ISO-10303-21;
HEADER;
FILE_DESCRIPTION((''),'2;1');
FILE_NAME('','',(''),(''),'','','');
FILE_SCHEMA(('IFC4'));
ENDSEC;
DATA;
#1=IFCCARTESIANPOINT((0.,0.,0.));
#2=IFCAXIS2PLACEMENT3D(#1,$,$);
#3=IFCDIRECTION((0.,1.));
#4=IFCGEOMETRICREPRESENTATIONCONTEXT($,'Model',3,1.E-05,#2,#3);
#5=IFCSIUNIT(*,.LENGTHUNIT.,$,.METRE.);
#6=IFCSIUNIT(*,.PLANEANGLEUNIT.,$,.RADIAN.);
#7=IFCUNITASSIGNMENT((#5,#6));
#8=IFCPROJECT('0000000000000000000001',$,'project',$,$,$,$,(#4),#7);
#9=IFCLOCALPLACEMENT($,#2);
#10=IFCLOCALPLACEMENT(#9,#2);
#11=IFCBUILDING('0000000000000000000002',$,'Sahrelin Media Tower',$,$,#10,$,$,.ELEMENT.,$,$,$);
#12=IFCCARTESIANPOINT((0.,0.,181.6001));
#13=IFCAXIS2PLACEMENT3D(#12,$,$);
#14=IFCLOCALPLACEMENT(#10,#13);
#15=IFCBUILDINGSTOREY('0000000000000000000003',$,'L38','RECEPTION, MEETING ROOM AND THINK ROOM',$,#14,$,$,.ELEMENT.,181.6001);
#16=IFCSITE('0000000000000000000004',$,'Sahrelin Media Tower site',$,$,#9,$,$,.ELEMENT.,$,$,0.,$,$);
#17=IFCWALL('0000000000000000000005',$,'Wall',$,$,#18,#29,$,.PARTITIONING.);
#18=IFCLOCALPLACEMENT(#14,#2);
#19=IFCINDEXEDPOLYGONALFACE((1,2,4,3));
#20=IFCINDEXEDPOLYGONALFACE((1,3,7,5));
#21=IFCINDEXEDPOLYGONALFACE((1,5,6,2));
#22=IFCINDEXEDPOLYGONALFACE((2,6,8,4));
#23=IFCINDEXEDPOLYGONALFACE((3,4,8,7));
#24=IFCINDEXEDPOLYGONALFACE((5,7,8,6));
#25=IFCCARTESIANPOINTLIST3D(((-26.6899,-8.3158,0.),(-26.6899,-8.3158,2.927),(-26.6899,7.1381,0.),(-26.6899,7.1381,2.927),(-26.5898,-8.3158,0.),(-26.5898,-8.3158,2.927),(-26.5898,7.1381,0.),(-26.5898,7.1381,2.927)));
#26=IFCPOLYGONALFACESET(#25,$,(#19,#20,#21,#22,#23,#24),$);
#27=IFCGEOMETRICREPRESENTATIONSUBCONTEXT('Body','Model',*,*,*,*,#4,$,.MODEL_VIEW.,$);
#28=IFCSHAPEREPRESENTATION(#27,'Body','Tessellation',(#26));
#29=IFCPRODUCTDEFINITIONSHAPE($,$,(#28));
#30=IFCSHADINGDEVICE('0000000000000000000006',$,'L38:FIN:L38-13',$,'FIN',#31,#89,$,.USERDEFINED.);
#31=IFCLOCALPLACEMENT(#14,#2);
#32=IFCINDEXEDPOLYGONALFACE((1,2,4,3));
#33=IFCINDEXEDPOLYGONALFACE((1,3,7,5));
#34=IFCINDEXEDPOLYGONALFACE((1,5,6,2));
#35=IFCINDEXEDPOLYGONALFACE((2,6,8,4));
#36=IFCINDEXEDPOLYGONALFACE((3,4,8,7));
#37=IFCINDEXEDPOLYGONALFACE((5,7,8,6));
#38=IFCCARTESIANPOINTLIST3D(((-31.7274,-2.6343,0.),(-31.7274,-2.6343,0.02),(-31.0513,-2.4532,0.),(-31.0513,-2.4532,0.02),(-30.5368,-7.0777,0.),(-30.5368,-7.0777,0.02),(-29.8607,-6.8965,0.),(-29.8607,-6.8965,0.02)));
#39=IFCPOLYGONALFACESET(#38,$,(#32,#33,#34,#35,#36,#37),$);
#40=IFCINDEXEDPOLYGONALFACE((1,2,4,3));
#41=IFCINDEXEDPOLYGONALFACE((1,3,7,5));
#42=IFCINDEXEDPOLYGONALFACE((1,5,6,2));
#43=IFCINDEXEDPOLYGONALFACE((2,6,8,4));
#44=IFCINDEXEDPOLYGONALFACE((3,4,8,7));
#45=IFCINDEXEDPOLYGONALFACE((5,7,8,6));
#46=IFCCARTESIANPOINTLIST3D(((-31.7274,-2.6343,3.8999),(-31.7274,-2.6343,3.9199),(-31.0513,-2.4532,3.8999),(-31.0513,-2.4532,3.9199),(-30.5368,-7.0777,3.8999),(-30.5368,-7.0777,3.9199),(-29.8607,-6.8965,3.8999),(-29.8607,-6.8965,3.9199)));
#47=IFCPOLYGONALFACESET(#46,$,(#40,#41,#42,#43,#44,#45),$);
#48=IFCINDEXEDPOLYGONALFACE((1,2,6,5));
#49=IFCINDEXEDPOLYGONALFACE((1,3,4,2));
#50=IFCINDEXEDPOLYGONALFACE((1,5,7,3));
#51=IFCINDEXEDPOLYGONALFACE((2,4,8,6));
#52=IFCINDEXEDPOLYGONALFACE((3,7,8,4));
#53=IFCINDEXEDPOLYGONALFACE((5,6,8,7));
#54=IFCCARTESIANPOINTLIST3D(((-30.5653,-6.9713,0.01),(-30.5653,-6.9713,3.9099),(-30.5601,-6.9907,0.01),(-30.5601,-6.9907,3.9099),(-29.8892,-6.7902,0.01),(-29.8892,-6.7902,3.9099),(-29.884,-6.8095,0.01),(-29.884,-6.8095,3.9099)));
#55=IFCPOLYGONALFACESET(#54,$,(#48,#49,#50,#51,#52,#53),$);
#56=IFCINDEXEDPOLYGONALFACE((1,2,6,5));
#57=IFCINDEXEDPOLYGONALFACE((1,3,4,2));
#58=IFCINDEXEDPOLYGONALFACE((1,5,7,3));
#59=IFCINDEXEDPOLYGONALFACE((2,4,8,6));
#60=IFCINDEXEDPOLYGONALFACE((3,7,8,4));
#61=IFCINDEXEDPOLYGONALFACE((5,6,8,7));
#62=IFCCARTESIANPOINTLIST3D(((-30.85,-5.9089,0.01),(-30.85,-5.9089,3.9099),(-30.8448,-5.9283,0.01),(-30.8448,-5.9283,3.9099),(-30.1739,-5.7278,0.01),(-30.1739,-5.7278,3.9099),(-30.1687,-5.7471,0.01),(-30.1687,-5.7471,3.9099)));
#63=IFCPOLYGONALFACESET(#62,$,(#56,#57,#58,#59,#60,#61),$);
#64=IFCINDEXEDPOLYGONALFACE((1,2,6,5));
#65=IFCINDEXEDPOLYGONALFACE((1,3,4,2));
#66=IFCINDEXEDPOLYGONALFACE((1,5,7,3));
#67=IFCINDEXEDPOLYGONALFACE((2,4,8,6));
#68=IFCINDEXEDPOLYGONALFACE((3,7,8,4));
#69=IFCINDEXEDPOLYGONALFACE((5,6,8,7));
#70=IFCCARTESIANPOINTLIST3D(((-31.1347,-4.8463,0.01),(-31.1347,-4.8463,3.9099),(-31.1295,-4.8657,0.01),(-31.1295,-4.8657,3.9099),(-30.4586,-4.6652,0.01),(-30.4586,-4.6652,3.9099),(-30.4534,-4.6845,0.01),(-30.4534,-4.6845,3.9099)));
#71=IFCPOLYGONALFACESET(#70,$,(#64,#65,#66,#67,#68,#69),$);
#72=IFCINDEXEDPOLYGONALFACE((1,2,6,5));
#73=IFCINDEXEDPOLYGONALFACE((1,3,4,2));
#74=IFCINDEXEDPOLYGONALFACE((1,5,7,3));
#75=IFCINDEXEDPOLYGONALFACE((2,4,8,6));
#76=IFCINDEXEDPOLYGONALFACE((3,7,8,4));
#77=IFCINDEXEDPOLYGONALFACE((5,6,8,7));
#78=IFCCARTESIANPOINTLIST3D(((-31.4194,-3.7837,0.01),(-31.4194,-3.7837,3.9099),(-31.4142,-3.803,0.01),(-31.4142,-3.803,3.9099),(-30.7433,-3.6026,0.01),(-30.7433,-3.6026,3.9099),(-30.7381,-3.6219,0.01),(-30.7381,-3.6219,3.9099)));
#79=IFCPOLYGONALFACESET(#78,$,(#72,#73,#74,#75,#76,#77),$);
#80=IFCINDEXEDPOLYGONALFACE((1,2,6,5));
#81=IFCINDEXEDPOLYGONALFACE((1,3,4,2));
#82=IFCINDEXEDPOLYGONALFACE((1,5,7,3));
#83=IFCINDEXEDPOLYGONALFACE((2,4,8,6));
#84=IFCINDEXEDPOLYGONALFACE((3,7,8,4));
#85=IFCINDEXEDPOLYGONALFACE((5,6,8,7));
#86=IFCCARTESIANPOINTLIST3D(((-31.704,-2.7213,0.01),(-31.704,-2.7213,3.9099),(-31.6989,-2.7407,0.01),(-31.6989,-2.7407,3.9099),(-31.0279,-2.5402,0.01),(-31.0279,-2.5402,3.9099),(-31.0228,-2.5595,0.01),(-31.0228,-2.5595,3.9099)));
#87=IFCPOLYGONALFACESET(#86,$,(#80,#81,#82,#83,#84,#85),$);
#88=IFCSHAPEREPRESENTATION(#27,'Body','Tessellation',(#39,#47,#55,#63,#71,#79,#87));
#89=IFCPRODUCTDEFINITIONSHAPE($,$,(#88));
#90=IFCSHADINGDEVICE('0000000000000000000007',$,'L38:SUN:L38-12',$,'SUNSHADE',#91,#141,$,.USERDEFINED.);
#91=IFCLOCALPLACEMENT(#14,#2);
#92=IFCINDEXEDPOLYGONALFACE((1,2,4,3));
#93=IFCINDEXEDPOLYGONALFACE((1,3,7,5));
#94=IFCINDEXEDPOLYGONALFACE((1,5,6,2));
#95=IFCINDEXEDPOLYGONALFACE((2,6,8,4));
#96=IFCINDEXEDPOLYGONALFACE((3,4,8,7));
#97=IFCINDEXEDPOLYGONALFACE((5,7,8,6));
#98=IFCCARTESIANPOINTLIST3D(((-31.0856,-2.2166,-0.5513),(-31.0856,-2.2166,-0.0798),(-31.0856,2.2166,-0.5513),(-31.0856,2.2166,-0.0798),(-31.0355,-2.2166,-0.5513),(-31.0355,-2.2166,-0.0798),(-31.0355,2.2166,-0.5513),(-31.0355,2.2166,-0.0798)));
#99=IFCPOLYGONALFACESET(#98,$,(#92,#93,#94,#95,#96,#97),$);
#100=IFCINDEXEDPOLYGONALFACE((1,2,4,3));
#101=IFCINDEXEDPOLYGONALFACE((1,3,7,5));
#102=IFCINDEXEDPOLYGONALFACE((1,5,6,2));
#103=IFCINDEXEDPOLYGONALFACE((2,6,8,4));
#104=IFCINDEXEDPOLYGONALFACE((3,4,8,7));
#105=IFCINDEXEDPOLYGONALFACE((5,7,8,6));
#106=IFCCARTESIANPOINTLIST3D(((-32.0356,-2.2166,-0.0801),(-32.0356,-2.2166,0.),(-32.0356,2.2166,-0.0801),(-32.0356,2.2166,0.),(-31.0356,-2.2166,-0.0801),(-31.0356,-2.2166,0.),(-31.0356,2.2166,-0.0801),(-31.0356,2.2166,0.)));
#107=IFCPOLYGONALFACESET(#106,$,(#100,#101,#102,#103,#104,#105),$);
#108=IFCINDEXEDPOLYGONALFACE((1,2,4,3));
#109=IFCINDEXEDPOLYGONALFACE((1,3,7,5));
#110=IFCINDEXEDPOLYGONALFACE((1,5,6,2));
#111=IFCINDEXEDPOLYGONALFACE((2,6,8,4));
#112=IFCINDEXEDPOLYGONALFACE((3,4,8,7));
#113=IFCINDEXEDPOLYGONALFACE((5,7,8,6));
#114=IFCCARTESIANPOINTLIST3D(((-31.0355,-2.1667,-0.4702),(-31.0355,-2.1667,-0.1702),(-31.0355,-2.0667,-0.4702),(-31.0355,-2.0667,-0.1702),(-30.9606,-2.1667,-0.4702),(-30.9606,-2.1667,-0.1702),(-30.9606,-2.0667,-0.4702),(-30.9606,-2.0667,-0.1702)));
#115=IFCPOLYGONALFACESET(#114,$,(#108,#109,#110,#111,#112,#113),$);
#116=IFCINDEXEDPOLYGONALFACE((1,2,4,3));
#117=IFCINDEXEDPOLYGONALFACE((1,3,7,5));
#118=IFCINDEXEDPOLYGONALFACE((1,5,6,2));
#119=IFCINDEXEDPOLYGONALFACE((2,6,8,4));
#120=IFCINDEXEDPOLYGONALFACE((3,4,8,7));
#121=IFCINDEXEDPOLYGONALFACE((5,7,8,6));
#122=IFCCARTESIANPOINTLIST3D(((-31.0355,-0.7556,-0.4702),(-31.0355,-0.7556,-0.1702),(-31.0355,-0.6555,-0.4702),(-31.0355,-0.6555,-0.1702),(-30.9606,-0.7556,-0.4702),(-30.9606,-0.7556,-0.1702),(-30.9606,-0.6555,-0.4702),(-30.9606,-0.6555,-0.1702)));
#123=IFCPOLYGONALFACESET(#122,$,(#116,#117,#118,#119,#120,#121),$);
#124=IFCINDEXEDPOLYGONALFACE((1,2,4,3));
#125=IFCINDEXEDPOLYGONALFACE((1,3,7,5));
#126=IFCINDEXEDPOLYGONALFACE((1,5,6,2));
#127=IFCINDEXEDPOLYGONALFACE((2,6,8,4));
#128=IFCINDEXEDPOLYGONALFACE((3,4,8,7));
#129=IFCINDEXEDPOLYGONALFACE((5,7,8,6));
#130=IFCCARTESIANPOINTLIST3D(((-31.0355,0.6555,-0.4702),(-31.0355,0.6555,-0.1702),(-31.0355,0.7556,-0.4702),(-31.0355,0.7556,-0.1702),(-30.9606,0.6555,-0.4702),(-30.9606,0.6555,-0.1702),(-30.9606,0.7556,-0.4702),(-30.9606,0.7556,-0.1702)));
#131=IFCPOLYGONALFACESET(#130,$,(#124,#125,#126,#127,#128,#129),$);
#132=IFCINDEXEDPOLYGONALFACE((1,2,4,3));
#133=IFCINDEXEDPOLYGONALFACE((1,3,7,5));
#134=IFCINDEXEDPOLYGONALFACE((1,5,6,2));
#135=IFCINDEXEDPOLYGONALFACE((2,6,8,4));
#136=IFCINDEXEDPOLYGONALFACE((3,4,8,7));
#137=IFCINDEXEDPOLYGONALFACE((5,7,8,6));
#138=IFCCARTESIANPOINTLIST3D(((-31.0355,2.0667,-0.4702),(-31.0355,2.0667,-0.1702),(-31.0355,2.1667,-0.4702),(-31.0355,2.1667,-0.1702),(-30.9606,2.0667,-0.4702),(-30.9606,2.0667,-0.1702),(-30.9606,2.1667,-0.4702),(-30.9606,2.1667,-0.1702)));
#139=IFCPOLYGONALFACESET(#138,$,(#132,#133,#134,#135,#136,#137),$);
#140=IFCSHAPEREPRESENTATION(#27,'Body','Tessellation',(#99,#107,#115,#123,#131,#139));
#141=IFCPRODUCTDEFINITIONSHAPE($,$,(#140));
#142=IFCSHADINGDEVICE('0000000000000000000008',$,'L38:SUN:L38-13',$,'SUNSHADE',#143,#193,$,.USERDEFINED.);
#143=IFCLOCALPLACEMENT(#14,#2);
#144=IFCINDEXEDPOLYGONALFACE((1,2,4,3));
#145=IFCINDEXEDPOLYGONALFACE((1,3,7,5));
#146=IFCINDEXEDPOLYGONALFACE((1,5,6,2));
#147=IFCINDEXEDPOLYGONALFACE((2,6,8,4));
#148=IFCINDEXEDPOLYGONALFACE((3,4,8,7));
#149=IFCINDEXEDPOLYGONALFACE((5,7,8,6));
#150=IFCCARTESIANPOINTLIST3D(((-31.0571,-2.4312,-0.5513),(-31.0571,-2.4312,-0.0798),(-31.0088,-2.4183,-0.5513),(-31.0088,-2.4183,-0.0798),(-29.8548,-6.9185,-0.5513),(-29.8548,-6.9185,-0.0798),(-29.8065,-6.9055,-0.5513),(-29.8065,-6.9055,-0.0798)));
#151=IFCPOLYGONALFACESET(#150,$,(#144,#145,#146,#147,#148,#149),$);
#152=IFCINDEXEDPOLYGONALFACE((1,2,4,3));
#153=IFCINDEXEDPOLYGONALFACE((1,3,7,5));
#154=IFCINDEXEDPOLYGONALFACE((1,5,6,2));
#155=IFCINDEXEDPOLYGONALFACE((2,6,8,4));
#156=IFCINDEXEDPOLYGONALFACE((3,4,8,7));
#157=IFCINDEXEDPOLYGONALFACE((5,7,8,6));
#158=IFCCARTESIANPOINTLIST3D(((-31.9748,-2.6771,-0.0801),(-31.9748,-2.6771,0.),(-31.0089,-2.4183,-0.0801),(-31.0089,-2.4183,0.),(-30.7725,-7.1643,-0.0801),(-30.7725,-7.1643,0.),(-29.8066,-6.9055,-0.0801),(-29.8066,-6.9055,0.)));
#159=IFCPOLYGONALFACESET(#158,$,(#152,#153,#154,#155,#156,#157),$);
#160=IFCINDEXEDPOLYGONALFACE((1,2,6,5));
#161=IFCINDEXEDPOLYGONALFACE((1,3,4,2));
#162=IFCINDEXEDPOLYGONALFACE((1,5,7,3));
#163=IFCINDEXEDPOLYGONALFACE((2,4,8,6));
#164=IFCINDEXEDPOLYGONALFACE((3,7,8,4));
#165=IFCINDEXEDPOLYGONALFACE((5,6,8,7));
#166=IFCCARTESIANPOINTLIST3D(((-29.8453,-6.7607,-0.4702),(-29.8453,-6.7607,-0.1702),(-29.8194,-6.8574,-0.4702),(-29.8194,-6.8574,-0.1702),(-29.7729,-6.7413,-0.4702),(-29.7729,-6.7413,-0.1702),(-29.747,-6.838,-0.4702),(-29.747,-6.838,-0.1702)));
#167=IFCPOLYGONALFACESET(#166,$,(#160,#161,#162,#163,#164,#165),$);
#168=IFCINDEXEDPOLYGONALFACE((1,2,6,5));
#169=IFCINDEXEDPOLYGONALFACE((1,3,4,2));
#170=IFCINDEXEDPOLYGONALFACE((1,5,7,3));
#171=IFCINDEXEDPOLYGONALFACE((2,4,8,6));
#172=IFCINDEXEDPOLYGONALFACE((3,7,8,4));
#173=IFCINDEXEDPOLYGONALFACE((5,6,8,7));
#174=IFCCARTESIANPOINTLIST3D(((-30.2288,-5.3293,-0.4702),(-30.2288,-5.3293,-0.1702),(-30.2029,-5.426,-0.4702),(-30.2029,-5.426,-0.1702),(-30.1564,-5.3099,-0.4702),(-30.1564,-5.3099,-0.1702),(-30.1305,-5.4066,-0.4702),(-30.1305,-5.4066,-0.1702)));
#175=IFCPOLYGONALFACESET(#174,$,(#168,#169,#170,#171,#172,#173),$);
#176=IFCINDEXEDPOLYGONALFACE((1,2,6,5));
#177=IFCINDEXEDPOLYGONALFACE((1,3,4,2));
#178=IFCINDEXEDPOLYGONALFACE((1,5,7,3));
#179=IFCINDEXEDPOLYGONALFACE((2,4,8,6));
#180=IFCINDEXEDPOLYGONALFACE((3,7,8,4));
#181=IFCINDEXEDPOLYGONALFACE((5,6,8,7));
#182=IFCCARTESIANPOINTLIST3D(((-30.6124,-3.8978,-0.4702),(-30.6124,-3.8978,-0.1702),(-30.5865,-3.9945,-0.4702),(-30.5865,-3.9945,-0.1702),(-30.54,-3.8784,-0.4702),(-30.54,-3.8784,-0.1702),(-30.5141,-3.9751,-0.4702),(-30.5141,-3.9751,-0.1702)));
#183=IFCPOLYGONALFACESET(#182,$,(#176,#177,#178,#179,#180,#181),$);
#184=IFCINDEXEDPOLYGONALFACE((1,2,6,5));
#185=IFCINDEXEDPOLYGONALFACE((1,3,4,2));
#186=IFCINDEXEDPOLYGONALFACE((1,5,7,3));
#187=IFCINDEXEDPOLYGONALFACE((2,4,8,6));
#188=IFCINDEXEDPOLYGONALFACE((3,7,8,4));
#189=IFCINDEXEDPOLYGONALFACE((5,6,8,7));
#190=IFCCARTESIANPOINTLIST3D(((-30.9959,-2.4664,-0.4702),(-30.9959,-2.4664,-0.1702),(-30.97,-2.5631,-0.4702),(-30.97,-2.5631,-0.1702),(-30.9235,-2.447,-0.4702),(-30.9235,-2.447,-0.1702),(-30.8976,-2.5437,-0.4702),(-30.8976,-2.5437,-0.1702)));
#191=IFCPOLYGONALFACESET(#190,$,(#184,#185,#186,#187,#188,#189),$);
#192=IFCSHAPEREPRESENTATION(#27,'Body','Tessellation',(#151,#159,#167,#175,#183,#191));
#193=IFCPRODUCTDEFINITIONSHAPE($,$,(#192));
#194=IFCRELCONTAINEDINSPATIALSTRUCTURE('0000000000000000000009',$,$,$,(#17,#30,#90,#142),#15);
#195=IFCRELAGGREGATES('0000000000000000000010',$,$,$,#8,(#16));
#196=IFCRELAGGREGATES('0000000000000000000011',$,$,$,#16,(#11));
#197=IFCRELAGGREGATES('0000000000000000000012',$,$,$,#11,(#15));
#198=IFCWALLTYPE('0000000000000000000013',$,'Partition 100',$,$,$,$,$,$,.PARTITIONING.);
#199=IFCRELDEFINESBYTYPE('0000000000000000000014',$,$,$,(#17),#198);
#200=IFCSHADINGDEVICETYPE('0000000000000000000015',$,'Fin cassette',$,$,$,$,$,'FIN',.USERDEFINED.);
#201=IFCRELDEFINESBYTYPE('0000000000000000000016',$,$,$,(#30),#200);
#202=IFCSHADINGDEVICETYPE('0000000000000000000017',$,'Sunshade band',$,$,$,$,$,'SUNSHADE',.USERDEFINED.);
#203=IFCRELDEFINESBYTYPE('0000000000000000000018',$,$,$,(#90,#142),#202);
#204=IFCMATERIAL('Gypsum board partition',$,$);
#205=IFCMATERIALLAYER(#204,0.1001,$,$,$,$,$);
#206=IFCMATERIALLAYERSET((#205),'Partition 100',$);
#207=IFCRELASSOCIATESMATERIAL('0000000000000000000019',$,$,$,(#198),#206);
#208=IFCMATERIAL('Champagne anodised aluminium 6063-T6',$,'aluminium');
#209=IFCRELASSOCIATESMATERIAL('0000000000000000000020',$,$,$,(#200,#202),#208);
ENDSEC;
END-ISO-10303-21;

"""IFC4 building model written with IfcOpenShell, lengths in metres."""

from ifc_helpers import new_model, si_unit, direction, frame, frame_2d, origin, origin_2d, place, context, subcontext, project, spatial, rectangle, extrude, material, layer, layer_set, type_object, element, save


model = new_model("IFC4")

# Units and contexts
model_context = context("Model", 3, precision=1e-05, world=origin(), true_north=direction((0.0, 1.0)))
body_context = subcontext(model_context, "Body", "Model", "MODEL_VIEW")
ifc_project = project(units=[si_unit("LENGTHUNIT", "METRE"), si_unit("PLANEANGLEUNIT", "RADIAN")], contexts=[model_context])

# Site, building, storey
site_placement = place(None, origin())
site = spatial("IfcSite", under=ifc_project, at=site_placement, Name="Sahrelin Media Tower site", CompositionType="ELEMENT", RefElevation=0.0)
building_placement = place(site_placement, origin())
building = spatial("IfcBuilding", under=site, at=building_placement, Name="Sahrelin Media Tower", CompositionType="ELEMENT")
storey_placement = place(building_placement, frame((0.0, 0.0, 181.6001)))
storey = spatial("IfcBuildingStorey", under=building, at=storey_placement, Name="L38", Description="RECEPTION, MEETING ROOM AND THINK ROOM", CompositionType="ELEMENT", Elevation=181.6001)

# Shared definitions
ifc_material_1 = material(Name="Champagne anodised aluminium 6063-T6", Category="aluminium")

# Shared definitions
ifc_material_2 = material(Name="Gypsum board partition")
ifc_layer_1 = layer(ifc_material_2, 0.1001)
ifc_layer_set_1 = layer_set([ifc_layer_1], Name="Partition 100")
wall_type_1 = type_object("IfcWallType", Name="Partition 100", PredefinedType="PARTITIONING", material=ifc_layer_set_1)

# Wall
wall_1_placement = place(storey_placement, frame((-26.6399, -8.3159, 0.0), z_axis=(0.0, 0.0, 1.0), x_axis=(0.0, 1.0, 0.0)))
element("IfcWall", 1, at=wall_1_placement, inside=storey, type_object=wall_type_1, Name="Wall", PredefinedType="PARTITIONING", context=body_context, shape_type="SweptSolid", body=[
    extrude(rectangle(XDim=15.4539, YDim=0.1001, at=frame_2d((7.7271, 0.0))), origin(), (0.0, 0.0, 1.0), 2.927),
])

# Shading devices
shading_device_type_1 = type_object("IfcShadingDeviceType", Name="Fin cassette", ElementType="FIN", PredefinedType="USERDEFINED", material=ifc_material_1)
placement = place(storey_placement, frame((-30.3884, -4.6567, 0.0), z_axis=(0.0, 0.0, 1.0), x_axis=(-0.258808, 0.965929, 0.0)))
element("IfcShadingDevice", 2, at=placement, inside=storey, type_object=shading_device_type_1, Name="L38:FIN:L38-13", ObjectType="FIN", PredefinedType="USERDEFINED", context=body_context, shape_type="SweptSolid", body=[
    extrude(rectangle(XDim=4.6001, YDim=0.7, at=origin_2d()), frame((0.0, 0.4199, 0.0)), (0.0, 0.0, 1.0), 0.02),
    extrude(rectangle(XDim=4.6001, YDim=0.7, at=origin_2d()), frame((0.0, 0.4199, 3.8999)), (0.0, 0.0, 1.0), 0.02),
    extrude(rectangle(XDim=0.02, YDim=0.7, at=origin_2d()), frame((-2.2, 0.4199, 0.01), z_axis=(0.0, 0.0, 1.0), x_axis=(1.0, 0.0, 0.0)), (0.0, 0.0, 1.0), 3.8999),
    extrude(rectangle(XDim=0.02, YDim=0.7, at=origin_2d()), frame((-1.1001, 0.4199, 0.01), z_axis=(0.0, 0.0, 1.0), x_axis=(1.0, 0.0, 0.0)), (0.0, 0.0, 1.0), 3.8999),
    extrude(rectangle(XDim=0.02, YDim=0.7, at=origin_2d()), frame((0.0, 0.4199, 0.01), z_axis=(0.0, 0.0, 1.0), x_axis=(1.0, 0.0, 0.0)), (0.0, 0.0, 1.0), 3.8999),
    extrude(rectangle(XDim=0.02, YDim=0.7, at=origin_2d()), frame((1.1001, 0.4199, 0.01), z_axis=(0.0, 0.0, 1.0), x_axis=(1.0, 0.0, 0.0)), (0.0, 0.0, 1.0), 3.8999),
    extrude(rectangle(XDim=0.02, YDim=0.7, at=origin_2d()), frame((2.2, 0.4199, 0.01), z_axis=(0.0, 0.0, 1.0), x_axis=(1.0, 0.0, 0.0)), (0.0, 0.0, 1.0), 3.8999),
])
shading_device_type_2 = type_object("IfcShadingDeviceType", Name="Sunshade band", ElementType="SUNSHADE", PredefinedType="USERDEFINED", material=ifc_material_1)
shading_device_1_placement = place(storey_placement, frame((-31.0156, 0.0, 0.0), z_axis=(0.0, 0.0, 1.0), x_axis=(0.0, 1.0, 0.0)))
element("IfcShadingDevice", 3, at=shading_device_1_placement, inside=storey, type_object=shading_device_type_2, Name="L38:SUN:L38-12", ObjectType="SUNSHADE", PredefinedType="USERDEFINED", context=body_context, shape_type="SweptSolid", body=[
    extrude(rectangle(XDim=4.4331, YDim=0.05, at=origin_2d()), frame((0.0, 0.0449, -0.5513)), (0.0, 0.0, 1.0), 0.4714),
    extrude(rectangle(XDim=4.4331, YDim=1.0, at=origin_2d()), frame((0.0, 0.52, -0.0801)), (0.0, 0.0, 1.0), 0.0801),
    extrude(rectangle(XDim=0.1001, YDim=0.075, at=origin_2d()), frame((-2.1167, -0.0176, -0.4702)), (0.0, 0.0, 1.0), 0.3),
    extrude(rectangle(XDim=0.1001, YDim=0.075, at=origin_2d()), frame((-0.7056, -0.0176, -0.4702)), (0.0, 0.0, 1.0), 0.3),
    extrude(rectangle(XDim=0.1001, YDim=0.075, at=origin_2d()), frame((0.7056, -0.0176, -0.4702)), (0.0, 0.0, 1.0), 0.3),
    extrude(rectangle(XDim=0.1001, YDim=0.075, at=origin_2d()), frame((2.1167, -0.0176, -0.4702)), (0.0, 0.0, 1.0), 0.3),
])
element("IfcShadingDevice", 4, at=placement, inside=storey, type_object=shading_device_type_2, Name="L38:SUN:L38-13", ObjectType="SUNSHADE", PredefinedType="USERDEFINED", context=body_context, shape_type="SweptSolid", body=[
    extrude(rectangle(XDim=4.6455, YDim=0.05, at=origin_2d()), frame((0.0, 0.0449, -0.5513)), (0.0, 0.0, 1.0), 0.4714),
    extrude(rectangle(XDim=4.6455, YDim=1.0, at=origin_2d()), frame((0.0, 0.52, -0.0801)), (0.0, 0.0, 1.0), 0.0801),
    extrude(rectangle(XDim=0.1001, YDim=0.075, at=origin_2d()), frame((-2.2229, -0.0176, -0.4702)), (0.0, 0.0, 1.0), 0.3),
    extrude(rectangle(XDim=0.1001, YDim=0.075, at=origin_2d()), frame((-0.741, -0.0176, -0.4702)), (0.0, 0.0, 1.0), 0.3),
    extrude(rectangle(XDim=0.1001, YDim=0.075, at=origin_2d()), frame((0.741, -0.0176, -0.4702)), (0.0, 0.0, 1.0), 0.3),
    extrude(rectangle(XDim=0.1001, YDim=0.075, at=origin_2d()), frame((2.2229, -0.0176, -0.4702)), (0.0, 0.0, 1.0), 0.3),
])

save(model, "model.ifc")
